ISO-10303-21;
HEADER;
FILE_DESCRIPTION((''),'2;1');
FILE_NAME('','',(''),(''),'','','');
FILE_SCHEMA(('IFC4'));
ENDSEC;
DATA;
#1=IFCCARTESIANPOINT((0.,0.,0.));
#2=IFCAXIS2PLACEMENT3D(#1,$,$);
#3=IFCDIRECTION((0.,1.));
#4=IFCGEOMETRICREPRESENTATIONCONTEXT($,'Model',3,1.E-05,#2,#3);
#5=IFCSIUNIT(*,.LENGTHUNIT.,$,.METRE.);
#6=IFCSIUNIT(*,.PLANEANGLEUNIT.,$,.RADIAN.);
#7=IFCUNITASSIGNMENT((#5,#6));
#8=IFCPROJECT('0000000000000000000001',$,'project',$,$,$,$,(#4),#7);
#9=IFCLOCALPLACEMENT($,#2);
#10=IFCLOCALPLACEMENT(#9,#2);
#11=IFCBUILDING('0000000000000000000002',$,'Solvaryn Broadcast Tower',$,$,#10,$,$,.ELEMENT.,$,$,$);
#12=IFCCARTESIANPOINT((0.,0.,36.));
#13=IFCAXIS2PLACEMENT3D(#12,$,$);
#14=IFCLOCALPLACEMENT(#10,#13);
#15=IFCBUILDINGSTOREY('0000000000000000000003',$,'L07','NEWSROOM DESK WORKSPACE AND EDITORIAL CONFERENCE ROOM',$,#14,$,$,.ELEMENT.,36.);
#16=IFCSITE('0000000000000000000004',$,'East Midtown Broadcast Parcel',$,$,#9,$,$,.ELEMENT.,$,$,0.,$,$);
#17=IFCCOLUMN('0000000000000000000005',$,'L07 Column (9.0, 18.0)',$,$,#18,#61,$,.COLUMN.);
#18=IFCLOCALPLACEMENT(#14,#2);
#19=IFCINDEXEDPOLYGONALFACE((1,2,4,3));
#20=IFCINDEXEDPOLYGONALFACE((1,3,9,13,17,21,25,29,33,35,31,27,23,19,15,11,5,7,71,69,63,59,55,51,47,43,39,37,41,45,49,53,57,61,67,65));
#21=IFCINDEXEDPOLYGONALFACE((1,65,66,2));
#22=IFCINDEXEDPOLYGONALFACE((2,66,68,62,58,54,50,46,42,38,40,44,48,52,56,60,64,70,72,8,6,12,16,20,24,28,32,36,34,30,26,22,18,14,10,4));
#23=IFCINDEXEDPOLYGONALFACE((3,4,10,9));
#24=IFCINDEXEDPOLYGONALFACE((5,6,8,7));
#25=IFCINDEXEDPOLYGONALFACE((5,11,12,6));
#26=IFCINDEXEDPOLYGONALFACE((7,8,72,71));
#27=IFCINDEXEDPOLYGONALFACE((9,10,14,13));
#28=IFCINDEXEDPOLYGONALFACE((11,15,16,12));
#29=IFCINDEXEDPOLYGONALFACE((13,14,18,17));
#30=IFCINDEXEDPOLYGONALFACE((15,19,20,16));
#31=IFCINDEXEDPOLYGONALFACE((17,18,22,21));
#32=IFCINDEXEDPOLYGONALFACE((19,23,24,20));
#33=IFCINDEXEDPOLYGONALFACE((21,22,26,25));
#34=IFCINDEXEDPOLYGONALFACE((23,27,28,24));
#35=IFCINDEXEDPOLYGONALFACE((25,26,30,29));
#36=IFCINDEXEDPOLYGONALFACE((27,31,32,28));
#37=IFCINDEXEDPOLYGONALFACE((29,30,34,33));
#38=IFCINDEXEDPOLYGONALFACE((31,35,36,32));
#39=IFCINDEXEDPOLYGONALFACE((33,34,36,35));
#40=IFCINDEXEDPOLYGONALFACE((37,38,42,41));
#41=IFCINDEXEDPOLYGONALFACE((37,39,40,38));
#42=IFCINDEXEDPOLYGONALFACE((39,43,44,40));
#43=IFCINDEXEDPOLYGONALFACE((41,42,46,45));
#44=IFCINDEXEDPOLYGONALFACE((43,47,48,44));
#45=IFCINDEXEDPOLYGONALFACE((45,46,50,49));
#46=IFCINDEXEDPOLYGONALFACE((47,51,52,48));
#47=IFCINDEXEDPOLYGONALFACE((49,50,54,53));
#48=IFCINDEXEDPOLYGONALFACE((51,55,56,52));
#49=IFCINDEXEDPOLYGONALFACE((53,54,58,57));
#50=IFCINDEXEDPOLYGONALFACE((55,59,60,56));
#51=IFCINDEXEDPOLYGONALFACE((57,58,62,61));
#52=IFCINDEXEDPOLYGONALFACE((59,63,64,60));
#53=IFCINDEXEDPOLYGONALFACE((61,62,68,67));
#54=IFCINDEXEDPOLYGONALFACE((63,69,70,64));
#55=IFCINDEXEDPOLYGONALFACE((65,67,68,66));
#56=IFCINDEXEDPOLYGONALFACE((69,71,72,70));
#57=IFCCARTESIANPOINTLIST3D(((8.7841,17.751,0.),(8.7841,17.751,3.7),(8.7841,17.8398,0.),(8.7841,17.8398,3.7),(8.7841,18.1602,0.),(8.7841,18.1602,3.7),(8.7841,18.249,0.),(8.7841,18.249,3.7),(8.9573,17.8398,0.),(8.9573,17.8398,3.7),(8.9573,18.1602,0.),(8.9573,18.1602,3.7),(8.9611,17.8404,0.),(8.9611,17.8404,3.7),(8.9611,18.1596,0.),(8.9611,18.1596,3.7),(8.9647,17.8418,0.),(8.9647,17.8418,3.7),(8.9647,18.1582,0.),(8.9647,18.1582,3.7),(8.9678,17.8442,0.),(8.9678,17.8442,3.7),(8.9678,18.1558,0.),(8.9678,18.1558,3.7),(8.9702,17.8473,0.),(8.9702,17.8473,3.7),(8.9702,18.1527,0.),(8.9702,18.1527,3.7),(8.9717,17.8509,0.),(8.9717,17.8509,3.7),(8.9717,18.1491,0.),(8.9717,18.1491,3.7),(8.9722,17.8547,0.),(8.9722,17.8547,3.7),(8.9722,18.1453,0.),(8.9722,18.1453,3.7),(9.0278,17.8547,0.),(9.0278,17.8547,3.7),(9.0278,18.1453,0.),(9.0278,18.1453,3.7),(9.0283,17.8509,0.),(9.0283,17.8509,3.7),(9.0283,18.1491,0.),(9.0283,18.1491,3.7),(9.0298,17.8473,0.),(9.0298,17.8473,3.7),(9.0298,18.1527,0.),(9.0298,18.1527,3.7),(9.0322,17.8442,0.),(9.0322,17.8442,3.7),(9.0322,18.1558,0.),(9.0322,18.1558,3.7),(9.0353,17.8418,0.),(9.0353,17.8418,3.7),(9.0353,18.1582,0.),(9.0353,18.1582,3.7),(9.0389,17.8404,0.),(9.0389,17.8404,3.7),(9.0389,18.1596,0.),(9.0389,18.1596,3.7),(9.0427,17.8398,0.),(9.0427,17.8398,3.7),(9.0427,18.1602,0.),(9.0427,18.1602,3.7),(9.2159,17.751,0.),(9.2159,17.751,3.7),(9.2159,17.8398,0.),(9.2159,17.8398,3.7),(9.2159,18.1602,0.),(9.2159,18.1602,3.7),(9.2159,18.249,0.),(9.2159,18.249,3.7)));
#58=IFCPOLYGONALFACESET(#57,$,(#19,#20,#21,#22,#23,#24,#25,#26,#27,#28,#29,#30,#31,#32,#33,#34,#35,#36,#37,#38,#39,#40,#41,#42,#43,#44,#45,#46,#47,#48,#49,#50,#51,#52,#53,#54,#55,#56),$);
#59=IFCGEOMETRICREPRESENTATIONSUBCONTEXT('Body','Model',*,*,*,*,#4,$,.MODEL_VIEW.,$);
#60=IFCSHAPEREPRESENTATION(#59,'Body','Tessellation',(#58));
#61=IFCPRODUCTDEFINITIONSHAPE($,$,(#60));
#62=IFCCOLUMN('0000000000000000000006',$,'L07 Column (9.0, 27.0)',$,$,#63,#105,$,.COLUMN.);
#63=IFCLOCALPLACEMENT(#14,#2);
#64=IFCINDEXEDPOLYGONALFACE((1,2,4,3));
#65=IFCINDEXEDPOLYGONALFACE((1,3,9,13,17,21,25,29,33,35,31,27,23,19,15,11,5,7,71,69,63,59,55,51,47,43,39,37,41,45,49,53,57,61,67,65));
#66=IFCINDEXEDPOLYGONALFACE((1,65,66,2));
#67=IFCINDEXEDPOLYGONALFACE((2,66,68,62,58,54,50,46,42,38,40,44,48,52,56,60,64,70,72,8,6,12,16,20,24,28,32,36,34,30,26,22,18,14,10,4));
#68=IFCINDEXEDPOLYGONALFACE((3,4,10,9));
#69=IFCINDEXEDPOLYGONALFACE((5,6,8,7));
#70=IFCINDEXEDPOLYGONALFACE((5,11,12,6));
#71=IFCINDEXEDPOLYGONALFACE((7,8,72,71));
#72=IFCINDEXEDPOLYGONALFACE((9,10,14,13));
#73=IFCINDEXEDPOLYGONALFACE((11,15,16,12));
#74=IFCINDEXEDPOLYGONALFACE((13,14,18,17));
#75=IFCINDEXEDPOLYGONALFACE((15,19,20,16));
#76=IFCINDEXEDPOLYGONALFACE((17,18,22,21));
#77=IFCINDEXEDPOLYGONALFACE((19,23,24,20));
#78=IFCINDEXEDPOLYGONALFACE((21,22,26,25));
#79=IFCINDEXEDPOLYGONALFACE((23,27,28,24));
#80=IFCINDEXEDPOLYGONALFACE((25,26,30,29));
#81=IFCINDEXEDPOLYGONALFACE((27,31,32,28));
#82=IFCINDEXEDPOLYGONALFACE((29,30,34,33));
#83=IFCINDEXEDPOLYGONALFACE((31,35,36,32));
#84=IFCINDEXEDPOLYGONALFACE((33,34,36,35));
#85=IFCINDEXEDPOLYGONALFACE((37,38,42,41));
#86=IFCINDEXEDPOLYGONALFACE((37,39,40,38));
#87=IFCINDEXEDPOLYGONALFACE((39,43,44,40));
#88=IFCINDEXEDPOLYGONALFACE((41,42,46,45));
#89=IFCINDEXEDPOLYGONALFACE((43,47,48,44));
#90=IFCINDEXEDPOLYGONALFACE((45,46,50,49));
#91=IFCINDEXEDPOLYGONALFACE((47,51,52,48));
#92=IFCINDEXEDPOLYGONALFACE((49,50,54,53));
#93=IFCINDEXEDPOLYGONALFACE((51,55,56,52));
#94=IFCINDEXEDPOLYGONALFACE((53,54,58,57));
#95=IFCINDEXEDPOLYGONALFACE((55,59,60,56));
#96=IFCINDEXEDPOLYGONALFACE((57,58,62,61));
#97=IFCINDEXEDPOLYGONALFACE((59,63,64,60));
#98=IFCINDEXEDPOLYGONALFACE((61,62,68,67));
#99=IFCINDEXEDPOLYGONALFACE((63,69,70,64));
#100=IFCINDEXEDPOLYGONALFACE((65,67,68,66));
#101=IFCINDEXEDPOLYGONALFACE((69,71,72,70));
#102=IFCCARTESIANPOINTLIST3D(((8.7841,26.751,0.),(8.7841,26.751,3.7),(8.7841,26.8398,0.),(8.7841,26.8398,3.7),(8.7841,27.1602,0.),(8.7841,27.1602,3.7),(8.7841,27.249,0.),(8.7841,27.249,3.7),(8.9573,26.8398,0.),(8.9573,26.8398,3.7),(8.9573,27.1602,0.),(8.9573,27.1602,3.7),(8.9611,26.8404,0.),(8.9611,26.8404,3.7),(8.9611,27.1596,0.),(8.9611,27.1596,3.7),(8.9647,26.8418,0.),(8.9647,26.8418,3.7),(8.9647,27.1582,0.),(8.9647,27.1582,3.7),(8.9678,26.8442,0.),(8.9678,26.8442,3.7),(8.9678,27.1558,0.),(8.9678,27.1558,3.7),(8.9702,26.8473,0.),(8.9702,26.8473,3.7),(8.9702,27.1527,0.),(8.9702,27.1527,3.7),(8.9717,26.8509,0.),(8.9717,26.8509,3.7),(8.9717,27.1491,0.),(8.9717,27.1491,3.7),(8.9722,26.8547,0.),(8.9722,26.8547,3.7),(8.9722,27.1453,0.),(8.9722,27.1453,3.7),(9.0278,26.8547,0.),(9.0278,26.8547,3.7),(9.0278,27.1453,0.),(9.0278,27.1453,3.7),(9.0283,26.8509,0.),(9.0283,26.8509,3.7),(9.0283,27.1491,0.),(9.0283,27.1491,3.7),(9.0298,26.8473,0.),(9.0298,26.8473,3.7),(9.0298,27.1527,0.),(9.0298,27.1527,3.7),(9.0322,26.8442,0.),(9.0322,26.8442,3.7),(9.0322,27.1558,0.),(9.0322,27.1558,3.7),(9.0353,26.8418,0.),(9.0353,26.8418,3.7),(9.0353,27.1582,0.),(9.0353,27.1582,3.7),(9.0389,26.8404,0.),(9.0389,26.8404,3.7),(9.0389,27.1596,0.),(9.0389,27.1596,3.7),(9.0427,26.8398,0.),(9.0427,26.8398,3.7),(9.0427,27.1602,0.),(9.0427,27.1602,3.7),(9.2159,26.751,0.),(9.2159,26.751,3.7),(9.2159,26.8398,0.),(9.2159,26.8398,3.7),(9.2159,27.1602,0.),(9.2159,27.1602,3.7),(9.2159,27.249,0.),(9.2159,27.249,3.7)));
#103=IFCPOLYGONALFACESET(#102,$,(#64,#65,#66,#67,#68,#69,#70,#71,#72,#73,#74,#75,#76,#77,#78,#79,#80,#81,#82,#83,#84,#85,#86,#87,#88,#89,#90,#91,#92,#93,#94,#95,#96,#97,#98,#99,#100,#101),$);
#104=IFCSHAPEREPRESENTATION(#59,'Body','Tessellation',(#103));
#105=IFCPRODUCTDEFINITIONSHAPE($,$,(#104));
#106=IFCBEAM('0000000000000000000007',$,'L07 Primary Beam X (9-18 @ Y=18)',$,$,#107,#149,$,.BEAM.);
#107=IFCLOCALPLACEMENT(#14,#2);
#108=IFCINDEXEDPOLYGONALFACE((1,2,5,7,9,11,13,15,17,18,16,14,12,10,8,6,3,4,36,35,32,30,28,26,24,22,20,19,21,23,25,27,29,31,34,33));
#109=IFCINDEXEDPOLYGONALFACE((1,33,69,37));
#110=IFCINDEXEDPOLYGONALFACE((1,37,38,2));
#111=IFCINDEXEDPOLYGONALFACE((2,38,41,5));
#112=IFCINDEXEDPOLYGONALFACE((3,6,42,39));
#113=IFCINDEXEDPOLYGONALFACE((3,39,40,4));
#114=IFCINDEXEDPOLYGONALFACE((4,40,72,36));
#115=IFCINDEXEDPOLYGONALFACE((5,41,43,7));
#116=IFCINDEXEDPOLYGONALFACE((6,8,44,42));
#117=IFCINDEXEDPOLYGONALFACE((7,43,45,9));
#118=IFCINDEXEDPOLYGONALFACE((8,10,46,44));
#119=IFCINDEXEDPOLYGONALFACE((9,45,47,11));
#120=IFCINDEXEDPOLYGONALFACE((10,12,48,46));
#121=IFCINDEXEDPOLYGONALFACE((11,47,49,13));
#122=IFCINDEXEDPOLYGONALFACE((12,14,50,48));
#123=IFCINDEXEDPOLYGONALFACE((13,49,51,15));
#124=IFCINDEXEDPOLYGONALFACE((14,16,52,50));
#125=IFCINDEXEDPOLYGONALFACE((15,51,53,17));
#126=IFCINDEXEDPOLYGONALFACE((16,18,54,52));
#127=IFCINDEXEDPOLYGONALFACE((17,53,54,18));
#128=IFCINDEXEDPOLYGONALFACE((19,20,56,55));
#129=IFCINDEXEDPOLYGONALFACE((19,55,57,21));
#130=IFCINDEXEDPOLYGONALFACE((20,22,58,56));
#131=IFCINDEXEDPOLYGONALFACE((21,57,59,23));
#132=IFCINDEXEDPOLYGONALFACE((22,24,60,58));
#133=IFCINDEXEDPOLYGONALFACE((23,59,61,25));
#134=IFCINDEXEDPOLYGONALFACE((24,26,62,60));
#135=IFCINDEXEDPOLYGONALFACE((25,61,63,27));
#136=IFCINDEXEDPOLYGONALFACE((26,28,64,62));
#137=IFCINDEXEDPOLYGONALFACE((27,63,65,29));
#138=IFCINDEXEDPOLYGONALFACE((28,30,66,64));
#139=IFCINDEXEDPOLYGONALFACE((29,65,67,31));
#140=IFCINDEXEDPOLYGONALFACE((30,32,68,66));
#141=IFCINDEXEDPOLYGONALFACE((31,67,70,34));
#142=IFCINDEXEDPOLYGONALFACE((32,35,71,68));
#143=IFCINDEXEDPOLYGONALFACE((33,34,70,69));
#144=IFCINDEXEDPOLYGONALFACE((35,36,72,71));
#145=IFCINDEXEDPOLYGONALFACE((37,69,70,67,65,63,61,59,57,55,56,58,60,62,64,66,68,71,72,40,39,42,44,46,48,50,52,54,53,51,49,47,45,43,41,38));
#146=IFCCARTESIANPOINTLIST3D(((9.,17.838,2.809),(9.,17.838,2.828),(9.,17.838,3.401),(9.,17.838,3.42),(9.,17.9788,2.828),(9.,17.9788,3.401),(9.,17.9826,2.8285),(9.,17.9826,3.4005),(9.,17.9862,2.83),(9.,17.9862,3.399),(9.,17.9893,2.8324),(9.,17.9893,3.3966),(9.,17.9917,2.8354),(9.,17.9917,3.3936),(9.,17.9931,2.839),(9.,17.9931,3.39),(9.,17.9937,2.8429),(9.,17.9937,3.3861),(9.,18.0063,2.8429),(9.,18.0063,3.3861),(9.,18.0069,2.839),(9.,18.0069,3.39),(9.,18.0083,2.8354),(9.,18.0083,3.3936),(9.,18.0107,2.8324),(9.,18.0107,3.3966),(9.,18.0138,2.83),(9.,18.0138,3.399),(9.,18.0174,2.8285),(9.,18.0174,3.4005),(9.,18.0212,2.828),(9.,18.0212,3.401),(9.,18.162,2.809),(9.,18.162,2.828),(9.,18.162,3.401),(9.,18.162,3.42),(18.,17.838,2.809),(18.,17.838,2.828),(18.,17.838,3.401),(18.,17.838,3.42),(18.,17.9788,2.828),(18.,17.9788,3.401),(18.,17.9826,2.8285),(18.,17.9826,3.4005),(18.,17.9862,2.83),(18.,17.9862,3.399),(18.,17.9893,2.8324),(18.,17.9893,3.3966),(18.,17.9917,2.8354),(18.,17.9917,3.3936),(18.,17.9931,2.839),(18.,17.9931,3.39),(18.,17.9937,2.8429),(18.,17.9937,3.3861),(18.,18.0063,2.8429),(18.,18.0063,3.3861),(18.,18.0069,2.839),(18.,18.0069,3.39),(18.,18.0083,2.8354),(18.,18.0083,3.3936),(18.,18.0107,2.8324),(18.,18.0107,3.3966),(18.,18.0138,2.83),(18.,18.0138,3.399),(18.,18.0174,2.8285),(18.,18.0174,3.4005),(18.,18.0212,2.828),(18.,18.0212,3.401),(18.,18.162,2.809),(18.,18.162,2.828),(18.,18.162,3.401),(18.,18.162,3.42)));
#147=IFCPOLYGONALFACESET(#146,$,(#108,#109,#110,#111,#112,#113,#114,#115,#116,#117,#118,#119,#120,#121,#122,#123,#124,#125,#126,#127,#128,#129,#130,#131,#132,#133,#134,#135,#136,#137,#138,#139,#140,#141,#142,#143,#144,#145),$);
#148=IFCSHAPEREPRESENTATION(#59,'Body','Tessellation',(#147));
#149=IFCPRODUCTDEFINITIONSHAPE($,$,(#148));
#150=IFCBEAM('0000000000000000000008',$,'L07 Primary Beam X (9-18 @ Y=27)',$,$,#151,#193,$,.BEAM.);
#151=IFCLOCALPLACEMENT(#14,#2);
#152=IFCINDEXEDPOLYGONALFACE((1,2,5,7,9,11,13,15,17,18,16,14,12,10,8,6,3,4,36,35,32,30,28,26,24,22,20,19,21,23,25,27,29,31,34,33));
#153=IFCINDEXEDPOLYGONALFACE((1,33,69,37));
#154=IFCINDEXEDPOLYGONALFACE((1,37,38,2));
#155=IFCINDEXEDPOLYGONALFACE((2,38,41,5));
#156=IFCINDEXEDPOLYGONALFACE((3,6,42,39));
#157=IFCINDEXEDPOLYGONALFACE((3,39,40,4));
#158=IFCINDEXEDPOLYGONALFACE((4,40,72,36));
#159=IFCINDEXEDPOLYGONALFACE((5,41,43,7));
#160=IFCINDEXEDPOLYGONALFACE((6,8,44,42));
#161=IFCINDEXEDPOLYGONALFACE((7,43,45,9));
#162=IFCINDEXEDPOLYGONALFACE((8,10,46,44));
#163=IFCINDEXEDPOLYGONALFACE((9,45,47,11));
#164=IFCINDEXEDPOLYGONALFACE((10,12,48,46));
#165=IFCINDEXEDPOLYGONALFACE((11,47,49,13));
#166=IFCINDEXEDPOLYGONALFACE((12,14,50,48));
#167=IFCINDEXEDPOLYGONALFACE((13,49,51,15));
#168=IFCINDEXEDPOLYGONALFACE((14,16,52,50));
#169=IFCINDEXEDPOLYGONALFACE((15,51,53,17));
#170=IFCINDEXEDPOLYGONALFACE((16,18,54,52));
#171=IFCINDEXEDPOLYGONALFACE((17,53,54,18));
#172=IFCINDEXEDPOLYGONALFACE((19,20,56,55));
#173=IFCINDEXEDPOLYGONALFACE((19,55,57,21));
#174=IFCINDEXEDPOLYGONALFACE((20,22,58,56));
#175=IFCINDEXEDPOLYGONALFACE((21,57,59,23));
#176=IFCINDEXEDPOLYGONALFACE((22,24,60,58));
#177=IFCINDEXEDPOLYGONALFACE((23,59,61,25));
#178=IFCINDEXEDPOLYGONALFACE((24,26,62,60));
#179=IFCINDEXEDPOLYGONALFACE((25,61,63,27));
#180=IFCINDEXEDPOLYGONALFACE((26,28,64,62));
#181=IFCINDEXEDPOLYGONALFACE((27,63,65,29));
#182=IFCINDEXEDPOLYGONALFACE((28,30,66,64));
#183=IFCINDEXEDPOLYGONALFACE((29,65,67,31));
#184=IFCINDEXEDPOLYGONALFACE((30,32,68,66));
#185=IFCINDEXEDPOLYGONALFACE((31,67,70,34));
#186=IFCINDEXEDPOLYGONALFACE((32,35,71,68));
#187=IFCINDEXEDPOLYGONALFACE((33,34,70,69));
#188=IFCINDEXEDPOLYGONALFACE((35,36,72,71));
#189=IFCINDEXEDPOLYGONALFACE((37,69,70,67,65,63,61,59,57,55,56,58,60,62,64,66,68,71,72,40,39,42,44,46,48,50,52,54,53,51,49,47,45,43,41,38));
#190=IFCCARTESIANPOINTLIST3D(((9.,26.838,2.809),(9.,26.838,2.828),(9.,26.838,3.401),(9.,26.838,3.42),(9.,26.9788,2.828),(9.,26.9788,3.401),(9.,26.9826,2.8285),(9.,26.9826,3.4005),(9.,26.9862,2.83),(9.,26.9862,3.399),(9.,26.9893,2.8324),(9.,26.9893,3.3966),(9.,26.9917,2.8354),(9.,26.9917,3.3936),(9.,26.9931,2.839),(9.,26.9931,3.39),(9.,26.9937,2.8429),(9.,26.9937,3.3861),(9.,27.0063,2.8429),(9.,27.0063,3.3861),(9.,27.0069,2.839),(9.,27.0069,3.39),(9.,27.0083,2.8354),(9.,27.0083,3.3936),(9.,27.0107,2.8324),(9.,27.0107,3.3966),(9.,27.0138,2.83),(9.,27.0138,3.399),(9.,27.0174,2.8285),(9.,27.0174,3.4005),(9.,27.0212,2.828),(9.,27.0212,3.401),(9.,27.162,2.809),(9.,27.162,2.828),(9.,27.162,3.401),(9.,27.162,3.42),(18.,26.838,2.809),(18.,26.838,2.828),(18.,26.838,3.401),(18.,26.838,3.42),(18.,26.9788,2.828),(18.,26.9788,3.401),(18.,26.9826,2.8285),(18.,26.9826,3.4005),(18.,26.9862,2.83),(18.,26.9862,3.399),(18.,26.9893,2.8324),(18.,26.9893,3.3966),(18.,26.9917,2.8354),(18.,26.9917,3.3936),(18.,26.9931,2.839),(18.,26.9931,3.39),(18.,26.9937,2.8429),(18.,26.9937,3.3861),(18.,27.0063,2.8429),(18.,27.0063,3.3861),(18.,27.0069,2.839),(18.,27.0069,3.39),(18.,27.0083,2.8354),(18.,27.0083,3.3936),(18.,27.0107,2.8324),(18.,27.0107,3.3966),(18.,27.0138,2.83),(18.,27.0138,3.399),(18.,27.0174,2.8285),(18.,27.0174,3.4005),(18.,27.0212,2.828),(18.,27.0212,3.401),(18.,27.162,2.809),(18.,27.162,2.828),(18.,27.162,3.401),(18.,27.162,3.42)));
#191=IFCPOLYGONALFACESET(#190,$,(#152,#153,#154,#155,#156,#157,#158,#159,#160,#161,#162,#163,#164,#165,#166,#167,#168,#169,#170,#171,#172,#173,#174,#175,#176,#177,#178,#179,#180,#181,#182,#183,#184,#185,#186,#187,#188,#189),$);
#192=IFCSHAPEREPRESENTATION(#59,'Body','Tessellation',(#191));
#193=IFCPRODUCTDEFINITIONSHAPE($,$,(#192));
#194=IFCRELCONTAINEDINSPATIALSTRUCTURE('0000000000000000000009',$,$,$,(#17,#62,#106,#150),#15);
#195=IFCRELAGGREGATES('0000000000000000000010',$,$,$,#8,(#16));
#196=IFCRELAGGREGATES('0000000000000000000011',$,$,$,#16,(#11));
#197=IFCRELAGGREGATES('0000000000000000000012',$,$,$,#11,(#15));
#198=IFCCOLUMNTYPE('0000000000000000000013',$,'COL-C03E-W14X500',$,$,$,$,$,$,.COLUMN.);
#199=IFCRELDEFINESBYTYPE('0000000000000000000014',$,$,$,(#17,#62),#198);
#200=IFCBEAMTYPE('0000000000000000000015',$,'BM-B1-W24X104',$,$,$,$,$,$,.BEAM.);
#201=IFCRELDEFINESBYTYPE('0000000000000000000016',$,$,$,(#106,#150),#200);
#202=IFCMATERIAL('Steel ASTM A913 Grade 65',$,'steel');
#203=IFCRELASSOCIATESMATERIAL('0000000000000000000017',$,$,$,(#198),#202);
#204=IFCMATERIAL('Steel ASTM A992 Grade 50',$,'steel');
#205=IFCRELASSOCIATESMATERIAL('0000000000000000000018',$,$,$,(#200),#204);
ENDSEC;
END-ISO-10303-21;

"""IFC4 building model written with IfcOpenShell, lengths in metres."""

from ifc_helpers import new_model, si_unit, direction, frame, origin, origin_2d, place, context, subcontext, project, spatial, i_section, extrude, material, material_profile, profile_set, type_object, element, save


model = new_model("IFC4")

# Units and contexts
model_context = context("Model", 3, precision=1e-05, world=origin(), true_north=direction((0.0, 1.0)))
body_context = subcontext(model_context, "Body", "Model", "MODEL_VIEW")
ifc_project = project(units=[si_unit("LENGTHUNIT", "METRE"), si_unit("PLANEANGLEUNIT", "RADIAN")], contexts=[model_context])

# Site, building, storey
site_placement = place(None, origin())
site = spatial("IfcSite", under=ifc_project, at=site_placement, Name="East Midtown Broadcast Parcel", CompositionType="ELEMENT", RefElevation=0.0)
building_placement = place(site_placement, origin())
building = spatial("IfcBuilding", under=site, at=building_placement, Name="Solvaryn Broadcast Tower", CompositionType="ELEMENT")
storey_placement = place(building_placement, frame((0.0, 0.0, 36.0)))
storey = spatial("IfcBuildingStorey", under=building, at=storey_placement, Name="L07", Description="NEWSROOM DESK WORKSPACE AND EDITORIAL CONFERENCE ROOM", CompositionType="ELEMENT", Elevation=36.0)

# Columns
ifc_material_1 = material(Name="Steel ASTM A913 Grade 65", Category="steel")
ifc_material_profile_1 = material_profile(ifc_material_1, i_section(OverallWidth=0.4319, OverallDepth=0.498, WebThickness=0.0557, FlangeThickness=0.0889, FilletRadius=0.0149, at=origin_2d()))
ifc_profile_set_1 = profile_set([ifc_material_profile_1], Name="Steel ASTM A913 Grade 65")
column_type = type_object("IfcColumnType", Name="COL-C03E-W14X500", PredefinedType="COLUMN", material=ifc_profile_set_1)
for number, where, z_axis, x_axis, name in (
    (1, (9.0, 18.0, 0.0), (0.0, 0.0, 1.0), (1.0, 0.0, 0.0), "L07 Column (9.0, 18.0)"),
    (2, (9.0, 27.0, 0.0), (0.0, 0.0, 1.0), (1.0, 0.0, 0.0), "L07 Column (9.0, 27.0)"),
):
    element("IfcColumn", number, at=place(storey_placement, frame(where, z_axis=z_axis, x_axis=x_axis)), inside=storey, type_object=column_type, Name=name, PredefinedType="COLUMN", context=body_context, shape_type="SweptSolid", body=[
        extrude(i_section(OverallWidth=0.4319, OverallDepth=0.498, WebThickness=0.0557, FlangeThickness=0.0889, FilletRadius=0.0149, at=origin_2d()), origin(), (0.0, 0.0, 1.0), 3.7),
    ])

# Beams
ifc_material_2 = material(Name="Steel ASTM A992 Grade 50", Category="steel")
ifc_material_profile_2 = material_profile(ifc_material_2, i_section(OverallWidth=0.324, OverallDepth=0.6111, WebThickness=0.0127, FlangeThickness=0.019, FilletRadius=0.0149, at=origin_2d()))
ifc_profile_set_2 = profile_set([ifc_material_profile_2], Name="Steel ASTM A992 Grade 50")
beam_type_1 = type_object("IfcBeamType", Name="BM-B1-W24X104", PredefinedType="BEAM", material=ifc_profile_set_2)
for number, where, z_axis, x_axis, name in (
    (3, (9.0, 18.0, 3.1145), (1.0, 0.0, 0.0), (0.0, 1.0, 0.0), "L07 Primary Beam X (9-18 @ Y=18)"),
    (4, (9.0, 27.0, 3.1145), (1.0, 0.0, 0.0), (0.0, 1.0, 0.0), "L07 Primary Beam X (9-18 @ Y=27)"),
):
    element("IfcBeam", number, at=place(storey_placement, frame(where, z_axis=z_axis, x_axis=x_axis)), inside=storey, type_object=beam_type_1, Name=name, PredefinedType="BEAM", context=body_context, shape_type="SweptSolid", body=[
        extrude(i_section(OverallWidth=0.324, OverallDepth=0.6111, WebThickness=0.0127, FlangeThickness=0.019, FilletRadius=0.0149, at=origin_2d()), origin(), (0.0, 0.0, 1.0), 9.0),
    ])

save(model, "model.ifc")
